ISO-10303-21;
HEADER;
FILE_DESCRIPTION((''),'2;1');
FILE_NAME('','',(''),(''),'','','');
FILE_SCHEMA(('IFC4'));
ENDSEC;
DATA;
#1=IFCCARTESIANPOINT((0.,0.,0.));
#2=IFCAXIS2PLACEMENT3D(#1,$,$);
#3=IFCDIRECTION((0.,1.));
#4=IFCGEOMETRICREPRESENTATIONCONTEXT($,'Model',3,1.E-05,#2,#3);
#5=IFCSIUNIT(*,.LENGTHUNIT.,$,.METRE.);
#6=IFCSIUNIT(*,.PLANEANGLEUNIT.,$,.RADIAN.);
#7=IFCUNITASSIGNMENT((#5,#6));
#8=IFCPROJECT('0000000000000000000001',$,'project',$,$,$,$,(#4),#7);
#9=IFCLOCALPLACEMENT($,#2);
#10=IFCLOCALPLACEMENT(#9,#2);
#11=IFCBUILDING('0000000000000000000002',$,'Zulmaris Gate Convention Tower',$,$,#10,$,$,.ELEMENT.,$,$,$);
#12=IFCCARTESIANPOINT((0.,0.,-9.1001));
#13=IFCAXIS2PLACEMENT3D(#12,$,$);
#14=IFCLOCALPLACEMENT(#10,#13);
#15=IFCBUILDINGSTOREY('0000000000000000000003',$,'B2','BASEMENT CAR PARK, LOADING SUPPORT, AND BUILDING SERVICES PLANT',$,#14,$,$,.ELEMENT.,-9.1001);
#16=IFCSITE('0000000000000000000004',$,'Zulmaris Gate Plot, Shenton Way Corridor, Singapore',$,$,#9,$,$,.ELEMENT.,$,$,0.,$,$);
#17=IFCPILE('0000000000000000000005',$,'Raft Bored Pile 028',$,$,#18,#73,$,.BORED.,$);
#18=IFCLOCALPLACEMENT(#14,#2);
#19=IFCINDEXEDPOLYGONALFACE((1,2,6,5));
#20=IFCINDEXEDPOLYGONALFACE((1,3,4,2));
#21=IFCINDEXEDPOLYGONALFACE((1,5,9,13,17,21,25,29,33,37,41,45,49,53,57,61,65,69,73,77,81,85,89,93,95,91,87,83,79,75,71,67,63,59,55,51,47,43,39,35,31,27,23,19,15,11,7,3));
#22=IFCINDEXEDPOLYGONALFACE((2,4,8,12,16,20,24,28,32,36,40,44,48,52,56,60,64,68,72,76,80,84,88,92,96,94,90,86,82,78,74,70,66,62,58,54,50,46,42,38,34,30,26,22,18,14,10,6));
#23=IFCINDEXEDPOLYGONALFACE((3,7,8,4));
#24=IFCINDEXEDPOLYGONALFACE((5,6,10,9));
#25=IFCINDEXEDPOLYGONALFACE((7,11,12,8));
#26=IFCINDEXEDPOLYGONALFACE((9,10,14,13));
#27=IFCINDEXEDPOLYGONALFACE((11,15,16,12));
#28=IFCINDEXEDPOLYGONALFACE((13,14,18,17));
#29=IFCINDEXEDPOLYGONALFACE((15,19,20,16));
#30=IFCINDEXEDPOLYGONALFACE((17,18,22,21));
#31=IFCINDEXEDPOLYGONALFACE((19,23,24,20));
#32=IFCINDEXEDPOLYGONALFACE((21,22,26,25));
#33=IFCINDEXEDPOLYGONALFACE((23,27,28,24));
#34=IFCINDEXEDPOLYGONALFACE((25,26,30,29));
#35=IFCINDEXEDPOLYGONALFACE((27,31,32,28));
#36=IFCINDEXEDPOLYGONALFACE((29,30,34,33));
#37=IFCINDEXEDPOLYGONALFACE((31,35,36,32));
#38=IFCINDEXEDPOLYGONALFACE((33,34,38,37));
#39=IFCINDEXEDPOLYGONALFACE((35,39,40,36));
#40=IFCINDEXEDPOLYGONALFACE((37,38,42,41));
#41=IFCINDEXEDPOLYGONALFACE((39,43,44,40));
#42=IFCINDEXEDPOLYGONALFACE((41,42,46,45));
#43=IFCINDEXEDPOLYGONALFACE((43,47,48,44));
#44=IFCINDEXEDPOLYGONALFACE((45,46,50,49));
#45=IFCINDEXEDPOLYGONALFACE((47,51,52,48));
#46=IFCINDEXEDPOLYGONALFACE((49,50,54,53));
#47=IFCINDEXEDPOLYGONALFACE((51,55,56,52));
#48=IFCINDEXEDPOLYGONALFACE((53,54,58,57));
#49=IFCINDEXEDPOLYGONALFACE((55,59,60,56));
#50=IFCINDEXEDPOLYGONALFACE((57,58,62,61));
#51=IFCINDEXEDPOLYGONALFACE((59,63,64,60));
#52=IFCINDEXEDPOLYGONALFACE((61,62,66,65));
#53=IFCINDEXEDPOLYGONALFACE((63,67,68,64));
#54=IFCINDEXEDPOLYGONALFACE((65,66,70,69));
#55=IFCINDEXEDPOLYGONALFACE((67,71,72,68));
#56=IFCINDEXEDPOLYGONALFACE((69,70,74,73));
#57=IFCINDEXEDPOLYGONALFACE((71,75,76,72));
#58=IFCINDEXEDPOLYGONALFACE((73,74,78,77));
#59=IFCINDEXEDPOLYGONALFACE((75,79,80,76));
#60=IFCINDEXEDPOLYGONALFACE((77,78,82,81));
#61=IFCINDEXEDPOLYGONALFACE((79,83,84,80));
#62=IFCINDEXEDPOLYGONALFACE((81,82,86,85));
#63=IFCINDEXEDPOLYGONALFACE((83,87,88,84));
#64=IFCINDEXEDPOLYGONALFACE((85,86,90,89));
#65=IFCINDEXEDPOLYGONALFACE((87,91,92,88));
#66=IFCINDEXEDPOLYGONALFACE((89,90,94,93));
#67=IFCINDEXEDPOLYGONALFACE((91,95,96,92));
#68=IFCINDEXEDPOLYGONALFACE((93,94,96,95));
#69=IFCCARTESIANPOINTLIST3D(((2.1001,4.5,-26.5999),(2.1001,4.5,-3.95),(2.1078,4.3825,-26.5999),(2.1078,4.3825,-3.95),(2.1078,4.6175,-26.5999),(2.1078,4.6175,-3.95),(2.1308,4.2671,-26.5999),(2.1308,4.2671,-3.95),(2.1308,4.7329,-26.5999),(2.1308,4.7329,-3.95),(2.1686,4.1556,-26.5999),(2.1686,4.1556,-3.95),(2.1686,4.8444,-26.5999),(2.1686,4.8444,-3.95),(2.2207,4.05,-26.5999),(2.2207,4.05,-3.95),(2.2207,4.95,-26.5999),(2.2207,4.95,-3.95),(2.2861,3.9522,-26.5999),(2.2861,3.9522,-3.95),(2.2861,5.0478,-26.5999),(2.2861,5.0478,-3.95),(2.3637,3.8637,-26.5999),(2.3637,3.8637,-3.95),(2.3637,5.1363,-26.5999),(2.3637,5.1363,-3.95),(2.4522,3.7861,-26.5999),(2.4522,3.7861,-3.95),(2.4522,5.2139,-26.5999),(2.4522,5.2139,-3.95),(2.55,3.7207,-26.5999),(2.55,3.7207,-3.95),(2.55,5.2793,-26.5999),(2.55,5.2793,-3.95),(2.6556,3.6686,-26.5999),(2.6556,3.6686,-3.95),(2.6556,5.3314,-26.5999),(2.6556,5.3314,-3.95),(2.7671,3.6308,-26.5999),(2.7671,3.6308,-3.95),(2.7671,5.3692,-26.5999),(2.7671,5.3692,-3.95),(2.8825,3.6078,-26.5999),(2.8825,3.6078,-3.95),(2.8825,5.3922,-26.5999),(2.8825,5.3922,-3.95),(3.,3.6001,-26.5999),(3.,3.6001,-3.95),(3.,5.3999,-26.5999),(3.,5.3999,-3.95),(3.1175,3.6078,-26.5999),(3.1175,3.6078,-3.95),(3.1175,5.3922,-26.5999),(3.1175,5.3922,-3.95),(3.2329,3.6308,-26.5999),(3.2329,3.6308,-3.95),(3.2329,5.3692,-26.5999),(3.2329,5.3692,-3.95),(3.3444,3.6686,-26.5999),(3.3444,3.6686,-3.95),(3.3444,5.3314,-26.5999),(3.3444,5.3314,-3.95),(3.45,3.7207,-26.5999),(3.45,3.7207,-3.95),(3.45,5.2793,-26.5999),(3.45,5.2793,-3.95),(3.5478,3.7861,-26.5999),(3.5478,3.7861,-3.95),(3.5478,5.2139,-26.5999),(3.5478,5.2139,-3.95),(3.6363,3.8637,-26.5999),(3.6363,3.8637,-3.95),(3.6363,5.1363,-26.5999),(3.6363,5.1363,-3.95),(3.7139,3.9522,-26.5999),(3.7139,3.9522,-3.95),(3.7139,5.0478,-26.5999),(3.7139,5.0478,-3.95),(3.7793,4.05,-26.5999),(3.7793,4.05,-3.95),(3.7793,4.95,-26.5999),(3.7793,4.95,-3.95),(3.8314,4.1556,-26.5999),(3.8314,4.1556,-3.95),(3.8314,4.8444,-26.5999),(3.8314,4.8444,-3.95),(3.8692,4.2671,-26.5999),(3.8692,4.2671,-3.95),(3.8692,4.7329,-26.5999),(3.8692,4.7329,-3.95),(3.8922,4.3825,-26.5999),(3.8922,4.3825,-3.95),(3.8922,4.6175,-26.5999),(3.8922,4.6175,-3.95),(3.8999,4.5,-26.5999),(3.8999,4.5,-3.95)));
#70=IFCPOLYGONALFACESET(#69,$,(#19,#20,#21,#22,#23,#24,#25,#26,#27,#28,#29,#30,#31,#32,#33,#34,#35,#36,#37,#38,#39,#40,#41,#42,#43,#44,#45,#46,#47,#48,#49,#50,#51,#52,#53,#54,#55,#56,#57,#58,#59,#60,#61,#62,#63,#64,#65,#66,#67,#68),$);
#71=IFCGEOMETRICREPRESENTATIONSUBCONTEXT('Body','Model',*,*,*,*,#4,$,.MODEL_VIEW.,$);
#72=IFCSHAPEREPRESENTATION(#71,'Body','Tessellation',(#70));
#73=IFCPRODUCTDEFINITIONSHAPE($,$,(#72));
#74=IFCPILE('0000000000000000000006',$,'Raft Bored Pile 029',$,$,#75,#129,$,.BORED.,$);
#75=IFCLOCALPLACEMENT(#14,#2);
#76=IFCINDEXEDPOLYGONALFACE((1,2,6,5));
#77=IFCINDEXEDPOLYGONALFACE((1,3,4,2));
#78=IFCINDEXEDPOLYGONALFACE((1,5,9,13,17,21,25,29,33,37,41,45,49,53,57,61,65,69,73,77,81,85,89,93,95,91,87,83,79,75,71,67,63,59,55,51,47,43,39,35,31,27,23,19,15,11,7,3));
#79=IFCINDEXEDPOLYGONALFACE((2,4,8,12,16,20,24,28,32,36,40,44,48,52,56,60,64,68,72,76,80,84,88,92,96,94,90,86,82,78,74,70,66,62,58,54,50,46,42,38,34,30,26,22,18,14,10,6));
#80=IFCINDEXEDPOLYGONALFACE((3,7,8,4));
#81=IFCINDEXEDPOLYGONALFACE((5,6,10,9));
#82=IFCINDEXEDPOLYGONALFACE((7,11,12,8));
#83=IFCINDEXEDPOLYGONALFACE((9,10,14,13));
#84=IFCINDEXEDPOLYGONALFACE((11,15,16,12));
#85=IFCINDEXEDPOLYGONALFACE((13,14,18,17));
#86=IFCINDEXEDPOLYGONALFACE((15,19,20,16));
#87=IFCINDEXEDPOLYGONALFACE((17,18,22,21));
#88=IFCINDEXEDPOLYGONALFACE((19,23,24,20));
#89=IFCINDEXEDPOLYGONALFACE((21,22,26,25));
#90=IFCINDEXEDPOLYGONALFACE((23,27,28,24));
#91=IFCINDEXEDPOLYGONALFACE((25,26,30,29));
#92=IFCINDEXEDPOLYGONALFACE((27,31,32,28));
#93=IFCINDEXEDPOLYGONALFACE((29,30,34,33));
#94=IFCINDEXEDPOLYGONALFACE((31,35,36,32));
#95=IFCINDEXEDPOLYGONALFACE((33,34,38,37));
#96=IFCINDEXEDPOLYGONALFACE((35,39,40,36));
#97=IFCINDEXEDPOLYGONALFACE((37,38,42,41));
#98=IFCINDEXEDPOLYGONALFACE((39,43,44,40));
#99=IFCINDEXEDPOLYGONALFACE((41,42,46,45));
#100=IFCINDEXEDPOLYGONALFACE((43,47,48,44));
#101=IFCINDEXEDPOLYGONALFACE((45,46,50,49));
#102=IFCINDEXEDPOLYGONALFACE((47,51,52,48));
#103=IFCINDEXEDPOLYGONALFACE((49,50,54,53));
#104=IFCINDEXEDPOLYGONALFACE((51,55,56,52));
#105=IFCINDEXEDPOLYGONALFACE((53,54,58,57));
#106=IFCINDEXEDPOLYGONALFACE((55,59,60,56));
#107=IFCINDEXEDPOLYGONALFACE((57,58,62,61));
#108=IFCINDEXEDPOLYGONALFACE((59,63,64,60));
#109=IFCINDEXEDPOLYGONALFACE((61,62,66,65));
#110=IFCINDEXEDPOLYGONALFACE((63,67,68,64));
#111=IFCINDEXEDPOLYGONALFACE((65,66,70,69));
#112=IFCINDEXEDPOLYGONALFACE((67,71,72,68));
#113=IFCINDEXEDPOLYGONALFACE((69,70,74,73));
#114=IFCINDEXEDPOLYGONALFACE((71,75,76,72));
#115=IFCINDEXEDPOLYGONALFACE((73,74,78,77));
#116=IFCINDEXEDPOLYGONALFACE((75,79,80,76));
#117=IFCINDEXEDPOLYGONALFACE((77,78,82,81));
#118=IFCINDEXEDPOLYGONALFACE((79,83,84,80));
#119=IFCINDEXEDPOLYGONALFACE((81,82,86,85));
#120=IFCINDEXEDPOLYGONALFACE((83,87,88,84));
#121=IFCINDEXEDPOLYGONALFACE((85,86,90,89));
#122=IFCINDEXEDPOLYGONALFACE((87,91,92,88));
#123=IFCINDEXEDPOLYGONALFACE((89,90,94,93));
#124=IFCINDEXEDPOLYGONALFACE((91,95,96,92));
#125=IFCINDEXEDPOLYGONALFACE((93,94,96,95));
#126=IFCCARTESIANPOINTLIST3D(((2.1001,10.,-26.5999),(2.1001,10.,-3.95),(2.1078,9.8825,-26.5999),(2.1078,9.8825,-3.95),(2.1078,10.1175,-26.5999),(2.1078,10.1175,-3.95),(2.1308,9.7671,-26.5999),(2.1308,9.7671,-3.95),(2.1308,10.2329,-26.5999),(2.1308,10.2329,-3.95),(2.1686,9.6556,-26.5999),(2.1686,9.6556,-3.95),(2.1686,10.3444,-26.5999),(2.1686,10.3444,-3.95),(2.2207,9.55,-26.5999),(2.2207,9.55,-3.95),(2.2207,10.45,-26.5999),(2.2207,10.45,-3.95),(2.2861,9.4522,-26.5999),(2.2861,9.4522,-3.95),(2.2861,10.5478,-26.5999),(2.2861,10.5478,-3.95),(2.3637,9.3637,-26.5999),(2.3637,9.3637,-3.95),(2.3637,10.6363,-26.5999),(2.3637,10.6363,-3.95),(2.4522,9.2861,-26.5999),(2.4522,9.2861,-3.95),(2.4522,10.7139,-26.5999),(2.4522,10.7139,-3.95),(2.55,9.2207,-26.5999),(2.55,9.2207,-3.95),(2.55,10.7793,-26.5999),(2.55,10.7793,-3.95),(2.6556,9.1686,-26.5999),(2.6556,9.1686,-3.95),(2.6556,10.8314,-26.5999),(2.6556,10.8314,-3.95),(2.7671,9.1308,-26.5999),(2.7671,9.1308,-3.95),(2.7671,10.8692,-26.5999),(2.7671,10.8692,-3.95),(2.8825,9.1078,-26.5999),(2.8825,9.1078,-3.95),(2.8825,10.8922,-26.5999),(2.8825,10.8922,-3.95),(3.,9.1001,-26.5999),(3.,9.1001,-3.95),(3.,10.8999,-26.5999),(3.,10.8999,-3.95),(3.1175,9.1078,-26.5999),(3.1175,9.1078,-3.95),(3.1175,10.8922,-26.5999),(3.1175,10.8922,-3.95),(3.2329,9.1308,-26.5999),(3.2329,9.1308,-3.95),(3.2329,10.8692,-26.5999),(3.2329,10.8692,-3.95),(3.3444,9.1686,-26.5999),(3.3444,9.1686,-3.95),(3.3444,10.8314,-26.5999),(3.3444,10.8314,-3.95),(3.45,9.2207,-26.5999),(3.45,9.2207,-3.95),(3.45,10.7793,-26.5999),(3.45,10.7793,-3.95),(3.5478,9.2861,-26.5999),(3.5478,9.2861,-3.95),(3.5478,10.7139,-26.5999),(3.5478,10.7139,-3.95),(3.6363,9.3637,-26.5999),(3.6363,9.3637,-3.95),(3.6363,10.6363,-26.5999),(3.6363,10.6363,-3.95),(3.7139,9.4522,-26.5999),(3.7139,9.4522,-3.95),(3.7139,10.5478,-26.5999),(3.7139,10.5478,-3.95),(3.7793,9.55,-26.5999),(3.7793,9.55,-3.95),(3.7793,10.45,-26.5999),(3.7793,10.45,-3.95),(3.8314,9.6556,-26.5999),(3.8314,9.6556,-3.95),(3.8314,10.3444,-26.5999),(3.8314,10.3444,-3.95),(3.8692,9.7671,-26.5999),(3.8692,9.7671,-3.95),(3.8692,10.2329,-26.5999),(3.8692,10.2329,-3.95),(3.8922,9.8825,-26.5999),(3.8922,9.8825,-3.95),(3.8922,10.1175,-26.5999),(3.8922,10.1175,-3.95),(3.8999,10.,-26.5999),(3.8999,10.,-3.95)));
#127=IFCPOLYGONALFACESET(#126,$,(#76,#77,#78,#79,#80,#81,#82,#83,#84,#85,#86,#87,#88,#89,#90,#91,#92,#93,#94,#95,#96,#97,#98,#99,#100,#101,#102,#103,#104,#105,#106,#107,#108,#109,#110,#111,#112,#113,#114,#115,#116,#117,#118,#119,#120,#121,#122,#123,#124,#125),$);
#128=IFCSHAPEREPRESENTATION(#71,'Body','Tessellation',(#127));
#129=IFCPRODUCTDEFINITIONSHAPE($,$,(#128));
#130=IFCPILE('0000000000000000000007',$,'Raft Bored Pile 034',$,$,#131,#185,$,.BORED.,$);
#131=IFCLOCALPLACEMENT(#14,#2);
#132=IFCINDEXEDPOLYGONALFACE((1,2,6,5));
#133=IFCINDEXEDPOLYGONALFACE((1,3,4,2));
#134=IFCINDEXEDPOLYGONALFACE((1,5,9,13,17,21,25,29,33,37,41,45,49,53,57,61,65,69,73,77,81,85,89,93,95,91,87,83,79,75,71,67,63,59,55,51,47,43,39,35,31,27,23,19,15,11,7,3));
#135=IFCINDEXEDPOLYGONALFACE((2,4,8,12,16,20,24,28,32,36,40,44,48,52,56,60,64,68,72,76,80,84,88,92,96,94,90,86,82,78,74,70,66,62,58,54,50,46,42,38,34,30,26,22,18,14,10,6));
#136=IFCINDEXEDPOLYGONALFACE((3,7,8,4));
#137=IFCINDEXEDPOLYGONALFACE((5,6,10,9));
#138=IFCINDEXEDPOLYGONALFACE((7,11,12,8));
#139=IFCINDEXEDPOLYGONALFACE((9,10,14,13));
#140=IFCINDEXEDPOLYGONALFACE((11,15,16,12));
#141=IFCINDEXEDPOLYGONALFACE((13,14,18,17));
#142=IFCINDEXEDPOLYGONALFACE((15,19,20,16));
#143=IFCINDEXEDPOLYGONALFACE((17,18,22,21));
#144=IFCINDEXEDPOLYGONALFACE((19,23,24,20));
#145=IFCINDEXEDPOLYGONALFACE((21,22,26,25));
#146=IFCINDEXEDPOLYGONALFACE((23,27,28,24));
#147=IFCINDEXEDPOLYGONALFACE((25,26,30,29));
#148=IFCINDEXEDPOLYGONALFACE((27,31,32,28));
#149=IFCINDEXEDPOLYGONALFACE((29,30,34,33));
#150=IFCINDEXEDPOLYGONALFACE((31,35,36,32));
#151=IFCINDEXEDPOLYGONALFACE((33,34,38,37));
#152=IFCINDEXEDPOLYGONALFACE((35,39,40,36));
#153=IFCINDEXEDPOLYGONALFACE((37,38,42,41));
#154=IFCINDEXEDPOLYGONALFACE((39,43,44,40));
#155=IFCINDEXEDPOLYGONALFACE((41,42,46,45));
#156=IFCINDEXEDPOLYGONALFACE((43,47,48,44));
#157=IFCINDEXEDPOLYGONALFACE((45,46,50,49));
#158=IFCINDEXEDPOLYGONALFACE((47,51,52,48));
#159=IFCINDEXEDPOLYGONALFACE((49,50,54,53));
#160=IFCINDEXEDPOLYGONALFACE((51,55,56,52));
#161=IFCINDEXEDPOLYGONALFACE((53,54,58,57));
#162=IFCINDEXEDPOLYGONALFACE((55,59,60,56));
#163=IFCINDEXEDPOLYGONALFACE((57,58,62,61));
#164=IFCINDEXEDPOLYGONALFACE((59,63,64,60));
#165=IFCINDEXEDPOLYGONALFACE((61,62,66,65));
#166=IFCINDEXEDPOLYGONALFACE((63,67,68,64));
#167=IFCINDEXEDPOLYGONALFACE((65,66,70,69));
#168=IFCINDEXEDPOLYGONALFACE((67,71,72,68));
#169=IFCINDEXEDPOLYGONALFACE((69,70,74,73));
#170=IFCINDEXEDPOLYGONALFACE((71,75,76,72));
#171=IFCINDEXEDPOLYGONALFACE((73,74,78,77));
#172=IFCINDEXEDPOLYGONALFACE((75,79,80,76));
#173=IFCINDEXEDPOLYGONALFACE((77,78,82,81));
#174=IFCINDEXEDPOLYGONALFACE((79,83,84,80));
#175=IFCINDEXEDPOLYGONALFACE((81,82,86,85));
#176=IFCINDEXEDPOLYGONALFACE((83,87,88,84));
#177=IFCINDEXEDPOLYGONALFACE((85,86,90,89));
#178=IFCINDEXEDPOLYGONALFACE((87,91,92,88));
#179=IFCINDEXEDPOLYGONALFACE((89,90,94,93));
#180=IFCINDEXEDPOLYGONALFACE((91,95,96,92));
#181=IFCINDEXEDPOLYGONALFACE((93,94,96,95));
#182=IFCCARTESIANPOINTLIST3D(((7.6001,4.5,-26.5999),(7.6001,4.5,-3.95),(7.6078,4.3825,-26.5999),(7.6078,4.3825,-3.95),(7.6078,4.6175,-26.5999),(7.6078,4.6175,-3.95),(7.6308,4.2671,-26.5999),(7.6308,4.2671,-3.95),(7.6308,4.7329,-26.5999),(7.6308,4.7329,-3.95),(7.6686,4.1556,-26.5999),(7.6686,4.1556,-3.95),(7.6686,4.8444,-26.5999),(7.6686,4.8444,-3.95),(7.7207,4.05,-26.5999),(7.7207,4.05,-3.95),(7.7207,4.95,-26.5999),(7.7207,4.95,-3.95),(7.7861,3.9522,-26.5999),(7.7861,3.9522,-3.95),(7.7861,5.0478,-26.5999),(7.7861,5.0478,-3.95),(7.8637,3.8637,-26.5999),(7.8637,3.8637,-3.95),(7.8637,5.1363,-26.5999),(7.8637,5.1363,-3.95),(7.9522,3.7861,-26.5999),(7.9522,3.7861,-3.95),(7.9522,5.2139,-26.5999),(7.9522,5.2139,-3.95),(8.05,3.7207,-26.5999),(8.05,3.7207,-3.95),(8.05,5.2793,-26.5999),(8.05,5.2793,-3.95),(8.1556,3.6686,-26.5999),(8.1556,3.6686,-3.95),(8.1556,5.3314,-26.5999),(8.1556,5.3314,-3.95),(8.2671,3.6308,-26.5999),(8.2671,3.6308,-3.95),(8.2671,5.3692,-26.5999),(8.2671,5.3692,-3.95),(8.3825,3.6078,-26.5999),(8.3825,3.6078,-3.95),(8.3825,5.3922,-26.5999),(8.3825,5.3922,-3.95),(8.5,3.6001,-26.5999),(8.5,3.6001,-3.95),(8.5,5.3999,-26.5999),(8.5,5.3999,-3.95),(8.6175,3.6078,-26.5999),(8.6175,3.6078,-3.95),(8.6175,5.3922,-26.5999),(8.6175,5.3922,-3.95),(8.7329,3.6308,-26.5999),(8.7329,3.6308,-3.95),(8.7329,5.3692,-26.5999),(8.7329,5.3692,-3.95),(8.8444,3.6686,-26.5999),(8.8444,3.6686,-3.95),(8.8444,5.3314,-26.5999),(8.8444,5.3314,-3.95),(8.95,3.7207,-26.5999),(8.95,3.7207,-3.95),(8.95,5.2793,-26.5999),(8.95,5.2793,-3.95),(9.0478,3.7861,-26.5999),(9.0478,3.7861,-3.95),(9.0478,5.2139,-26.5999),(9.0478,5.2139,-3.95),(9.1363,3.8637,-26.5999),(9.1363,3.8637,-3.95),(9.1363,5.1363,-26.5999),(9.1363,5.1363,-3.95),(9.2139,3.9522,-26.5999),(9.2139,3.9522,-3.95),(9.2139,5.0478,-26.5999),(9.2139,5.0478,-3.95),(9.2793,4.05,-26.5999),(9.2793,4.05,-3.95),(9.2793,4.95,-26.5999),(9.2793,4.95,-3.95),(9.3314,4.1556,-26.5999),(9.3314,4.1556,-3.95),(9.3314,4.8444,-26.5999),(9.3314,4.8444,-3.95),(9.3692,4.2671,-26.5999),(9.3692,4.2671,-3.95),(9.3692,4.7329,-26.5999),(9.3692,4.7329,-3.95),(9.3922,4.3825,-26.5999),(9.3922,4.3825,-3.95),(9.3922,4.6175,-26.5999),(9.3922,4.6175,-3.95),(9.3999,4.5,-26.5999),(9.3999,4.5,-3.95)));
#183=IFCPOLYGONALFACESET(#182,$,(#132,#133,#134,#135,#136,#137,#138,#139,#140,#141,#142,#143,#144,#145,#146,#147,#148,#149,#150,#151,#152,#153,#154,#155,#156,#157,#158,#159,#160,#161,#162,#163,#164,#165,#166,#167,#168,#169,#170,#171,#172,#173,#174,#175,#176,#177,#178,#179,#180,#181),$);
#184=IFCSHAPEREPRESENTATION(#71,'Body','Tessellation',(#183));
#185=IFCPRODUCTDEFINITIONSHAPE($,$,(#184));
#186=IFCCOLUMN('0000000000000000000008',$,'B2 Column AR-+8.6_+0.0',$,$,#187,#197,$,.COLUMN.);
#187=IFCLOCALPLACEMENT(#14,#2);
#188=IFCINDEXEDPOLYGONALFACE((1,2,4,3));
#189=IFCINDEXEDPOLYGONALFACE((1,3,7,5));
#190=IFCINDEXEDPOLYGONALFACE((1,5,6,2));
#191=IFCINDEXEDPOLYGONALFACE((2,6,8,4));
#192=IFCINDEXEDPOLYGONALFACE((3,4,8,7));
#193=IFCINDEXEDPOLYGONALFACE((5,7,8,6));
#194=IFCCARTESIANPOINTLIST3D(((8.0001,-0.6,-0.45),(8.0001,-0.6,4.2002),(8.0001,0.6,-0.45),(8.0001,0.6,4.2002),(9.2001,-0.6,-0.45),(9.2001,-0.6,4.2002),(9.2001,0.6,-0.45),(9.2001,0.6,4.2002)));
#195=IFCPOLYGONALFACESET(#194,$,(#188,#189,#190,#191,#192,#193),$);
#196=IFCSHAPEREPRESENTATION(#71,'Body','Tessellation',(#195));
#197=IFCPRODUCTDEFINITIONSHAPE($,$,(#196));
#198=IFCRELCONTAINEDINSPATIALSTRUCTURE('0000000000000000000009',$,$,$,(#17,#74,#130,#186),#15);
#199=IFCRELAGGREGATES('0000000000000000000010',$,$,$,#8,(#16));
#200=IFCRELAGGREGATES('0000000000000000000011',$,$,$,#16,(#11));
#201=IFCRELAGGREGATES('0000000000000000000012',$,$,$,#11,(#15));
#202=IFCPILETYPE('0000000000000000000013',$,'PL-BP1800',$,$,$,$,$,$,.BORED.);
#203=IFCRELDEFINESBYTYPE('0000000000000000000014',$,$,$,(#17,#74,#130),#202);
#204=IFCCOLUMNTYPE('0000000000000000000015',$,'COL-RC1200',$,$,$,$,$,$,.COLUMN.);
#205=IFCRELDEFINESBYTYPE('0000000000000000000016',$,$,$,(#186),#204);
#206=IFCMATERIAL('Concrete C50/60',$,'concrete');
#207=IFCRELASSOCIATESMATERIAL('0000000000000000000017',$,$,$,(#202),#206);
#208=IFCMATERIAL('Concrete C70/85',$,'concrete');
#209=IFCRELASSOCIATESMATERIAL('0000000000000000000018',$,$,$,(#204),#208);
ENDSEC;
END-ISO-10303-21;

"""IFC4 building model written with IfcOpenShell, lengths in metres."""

from ifc_helpers import new_model, si_unit, direction, frame, origin, origin_2d, place, context, subcontext, project, spatial, rectangle, circle, extrude, material, material_profile, profile_set, type_object, element, save


model = new_model("IFC4")

# Units and contexts
model_context = context("Model", 3, precision=1e-05, world=origin(), true_north=direction((0.0, 1.0)))
body_context = subcontext(model_context, "Body", "Model", "MODEL_VIEW")
ifc_project = project(units=[si_unit("LENGTHUNIT", "METRE"), si_unit("PLANEANGLEUNIT", "RADIAN")], contexts=[model_context])

# Site, building, storey
site_placement = place(None, origin())
site = spatial("IfcSite", under=ifc_project, at=site_placement, Name="Zulmaris Gate Plot, Shenton Way Corridor, Singapore", CompositionType="ELEMENT", RefElevation=0.0)
building_placement = place(site_placement, origin())
building = spatial("IfcBuilding", under=site, at=building_placement, Name="Zulmaris Gate Convention Tower", CompositionType="ELEMENT")
storey_placement = place(building_placement, frame((0.0, 0.0, -9.1001)))
storey = spatial("IfcBuildingStorey", under=building, at=storey_placement, Name="B2", Description="BASEMENT CAR PARK, LOADING SUPPORT, AND BUILDING SERVICES PLANT", CompositionType="ELEMENT", Elevation=-9.1001)

# Piles
ifc_material_1 = material(Name="Concrete C50/60", Category="concrete")
ifc_material_profile_1 = material_profile(ifc_material_1, circle(Radius=0.8999, at=origin_2d()), Name="BORED PILE 1800")
ifc_profile_set_1 = profile_set([ifc_material_profile_1], Name="Concrete C50/60")
pile_type = type_object("IfcPileType", Name="PL-BP1800", PredefinedType="BORED", material=ifc_profile_set_1)
for number, where, z_axis, x_axis, name in (
    (1, (3.0, 4.5, -3.95), (0.0, 0.0, -1.0), (1.0, 0.0, 0.0), "Raft Bored Pile 028"),
    (2, (3.0, 10.0, -3.95), (0.0, 0.0, -1.0), (1.0, 0.0, 0.0), "Raft Bored Pile 029"),
    (3, (8.5, 4.5, -3.95), (0.0, 0.0, -1.0), (1.0, 0.0, 0.0), "Raft Bored Pile 034"),
):
    element("IfcPile", number, at=place(storey_placement, frame(where, z_axis=z_axis, x_axis=x_axis)), inside=storey, type_object=pile_type, Name=name, PredefinedType="BORED", context=body_context, shape_type="SweptSolid", body=[
        extrude(circle(Radius=0.8999, at=origin_2d()), origin(), (0.0, 0.0, 1.0), 22.6499),
    ])

# Column
ifc_material_2 = material(Name="Concrete C70/85", Category="concrete")
ifc_material_profile_2 = material_profile(ifc_material_2, rectangle(XDim=1.2, YDim=1.2, at=origin_2d()), Name="RC COL 1200x1200")
ifc_profile_set_2 = profile_set([ifc_material_profile_2], Name="Concrete C70/85")
column_type_1 = type_object("IfcColumnType", Name="COL-RC1200", PredefinedType="COLUMN", material=ifc_profile_set_2)
column_1_placement = place(storey_placement, frame((8.6001, 0.0, -0.45), z_axis=(0.0, 0.0, 1.0), x_axis=(1.0, 0.0, 0.0)))
element("IfcColumn", 4, at=column_1_placement, inside=storey, type_object=column_type_1, Name="B2 Column AR-+8.6_+0.0", PredefinedType="COLUMN", context=body_context, shape_type="SweptSolid", body=[
    extrude(rectangle(XDim=1.2, YDim=1.2, at=origin_2d()), origin(), (0.0, 0.0, 1.0), 4.6501),
])

save(model, "model.ifc")
